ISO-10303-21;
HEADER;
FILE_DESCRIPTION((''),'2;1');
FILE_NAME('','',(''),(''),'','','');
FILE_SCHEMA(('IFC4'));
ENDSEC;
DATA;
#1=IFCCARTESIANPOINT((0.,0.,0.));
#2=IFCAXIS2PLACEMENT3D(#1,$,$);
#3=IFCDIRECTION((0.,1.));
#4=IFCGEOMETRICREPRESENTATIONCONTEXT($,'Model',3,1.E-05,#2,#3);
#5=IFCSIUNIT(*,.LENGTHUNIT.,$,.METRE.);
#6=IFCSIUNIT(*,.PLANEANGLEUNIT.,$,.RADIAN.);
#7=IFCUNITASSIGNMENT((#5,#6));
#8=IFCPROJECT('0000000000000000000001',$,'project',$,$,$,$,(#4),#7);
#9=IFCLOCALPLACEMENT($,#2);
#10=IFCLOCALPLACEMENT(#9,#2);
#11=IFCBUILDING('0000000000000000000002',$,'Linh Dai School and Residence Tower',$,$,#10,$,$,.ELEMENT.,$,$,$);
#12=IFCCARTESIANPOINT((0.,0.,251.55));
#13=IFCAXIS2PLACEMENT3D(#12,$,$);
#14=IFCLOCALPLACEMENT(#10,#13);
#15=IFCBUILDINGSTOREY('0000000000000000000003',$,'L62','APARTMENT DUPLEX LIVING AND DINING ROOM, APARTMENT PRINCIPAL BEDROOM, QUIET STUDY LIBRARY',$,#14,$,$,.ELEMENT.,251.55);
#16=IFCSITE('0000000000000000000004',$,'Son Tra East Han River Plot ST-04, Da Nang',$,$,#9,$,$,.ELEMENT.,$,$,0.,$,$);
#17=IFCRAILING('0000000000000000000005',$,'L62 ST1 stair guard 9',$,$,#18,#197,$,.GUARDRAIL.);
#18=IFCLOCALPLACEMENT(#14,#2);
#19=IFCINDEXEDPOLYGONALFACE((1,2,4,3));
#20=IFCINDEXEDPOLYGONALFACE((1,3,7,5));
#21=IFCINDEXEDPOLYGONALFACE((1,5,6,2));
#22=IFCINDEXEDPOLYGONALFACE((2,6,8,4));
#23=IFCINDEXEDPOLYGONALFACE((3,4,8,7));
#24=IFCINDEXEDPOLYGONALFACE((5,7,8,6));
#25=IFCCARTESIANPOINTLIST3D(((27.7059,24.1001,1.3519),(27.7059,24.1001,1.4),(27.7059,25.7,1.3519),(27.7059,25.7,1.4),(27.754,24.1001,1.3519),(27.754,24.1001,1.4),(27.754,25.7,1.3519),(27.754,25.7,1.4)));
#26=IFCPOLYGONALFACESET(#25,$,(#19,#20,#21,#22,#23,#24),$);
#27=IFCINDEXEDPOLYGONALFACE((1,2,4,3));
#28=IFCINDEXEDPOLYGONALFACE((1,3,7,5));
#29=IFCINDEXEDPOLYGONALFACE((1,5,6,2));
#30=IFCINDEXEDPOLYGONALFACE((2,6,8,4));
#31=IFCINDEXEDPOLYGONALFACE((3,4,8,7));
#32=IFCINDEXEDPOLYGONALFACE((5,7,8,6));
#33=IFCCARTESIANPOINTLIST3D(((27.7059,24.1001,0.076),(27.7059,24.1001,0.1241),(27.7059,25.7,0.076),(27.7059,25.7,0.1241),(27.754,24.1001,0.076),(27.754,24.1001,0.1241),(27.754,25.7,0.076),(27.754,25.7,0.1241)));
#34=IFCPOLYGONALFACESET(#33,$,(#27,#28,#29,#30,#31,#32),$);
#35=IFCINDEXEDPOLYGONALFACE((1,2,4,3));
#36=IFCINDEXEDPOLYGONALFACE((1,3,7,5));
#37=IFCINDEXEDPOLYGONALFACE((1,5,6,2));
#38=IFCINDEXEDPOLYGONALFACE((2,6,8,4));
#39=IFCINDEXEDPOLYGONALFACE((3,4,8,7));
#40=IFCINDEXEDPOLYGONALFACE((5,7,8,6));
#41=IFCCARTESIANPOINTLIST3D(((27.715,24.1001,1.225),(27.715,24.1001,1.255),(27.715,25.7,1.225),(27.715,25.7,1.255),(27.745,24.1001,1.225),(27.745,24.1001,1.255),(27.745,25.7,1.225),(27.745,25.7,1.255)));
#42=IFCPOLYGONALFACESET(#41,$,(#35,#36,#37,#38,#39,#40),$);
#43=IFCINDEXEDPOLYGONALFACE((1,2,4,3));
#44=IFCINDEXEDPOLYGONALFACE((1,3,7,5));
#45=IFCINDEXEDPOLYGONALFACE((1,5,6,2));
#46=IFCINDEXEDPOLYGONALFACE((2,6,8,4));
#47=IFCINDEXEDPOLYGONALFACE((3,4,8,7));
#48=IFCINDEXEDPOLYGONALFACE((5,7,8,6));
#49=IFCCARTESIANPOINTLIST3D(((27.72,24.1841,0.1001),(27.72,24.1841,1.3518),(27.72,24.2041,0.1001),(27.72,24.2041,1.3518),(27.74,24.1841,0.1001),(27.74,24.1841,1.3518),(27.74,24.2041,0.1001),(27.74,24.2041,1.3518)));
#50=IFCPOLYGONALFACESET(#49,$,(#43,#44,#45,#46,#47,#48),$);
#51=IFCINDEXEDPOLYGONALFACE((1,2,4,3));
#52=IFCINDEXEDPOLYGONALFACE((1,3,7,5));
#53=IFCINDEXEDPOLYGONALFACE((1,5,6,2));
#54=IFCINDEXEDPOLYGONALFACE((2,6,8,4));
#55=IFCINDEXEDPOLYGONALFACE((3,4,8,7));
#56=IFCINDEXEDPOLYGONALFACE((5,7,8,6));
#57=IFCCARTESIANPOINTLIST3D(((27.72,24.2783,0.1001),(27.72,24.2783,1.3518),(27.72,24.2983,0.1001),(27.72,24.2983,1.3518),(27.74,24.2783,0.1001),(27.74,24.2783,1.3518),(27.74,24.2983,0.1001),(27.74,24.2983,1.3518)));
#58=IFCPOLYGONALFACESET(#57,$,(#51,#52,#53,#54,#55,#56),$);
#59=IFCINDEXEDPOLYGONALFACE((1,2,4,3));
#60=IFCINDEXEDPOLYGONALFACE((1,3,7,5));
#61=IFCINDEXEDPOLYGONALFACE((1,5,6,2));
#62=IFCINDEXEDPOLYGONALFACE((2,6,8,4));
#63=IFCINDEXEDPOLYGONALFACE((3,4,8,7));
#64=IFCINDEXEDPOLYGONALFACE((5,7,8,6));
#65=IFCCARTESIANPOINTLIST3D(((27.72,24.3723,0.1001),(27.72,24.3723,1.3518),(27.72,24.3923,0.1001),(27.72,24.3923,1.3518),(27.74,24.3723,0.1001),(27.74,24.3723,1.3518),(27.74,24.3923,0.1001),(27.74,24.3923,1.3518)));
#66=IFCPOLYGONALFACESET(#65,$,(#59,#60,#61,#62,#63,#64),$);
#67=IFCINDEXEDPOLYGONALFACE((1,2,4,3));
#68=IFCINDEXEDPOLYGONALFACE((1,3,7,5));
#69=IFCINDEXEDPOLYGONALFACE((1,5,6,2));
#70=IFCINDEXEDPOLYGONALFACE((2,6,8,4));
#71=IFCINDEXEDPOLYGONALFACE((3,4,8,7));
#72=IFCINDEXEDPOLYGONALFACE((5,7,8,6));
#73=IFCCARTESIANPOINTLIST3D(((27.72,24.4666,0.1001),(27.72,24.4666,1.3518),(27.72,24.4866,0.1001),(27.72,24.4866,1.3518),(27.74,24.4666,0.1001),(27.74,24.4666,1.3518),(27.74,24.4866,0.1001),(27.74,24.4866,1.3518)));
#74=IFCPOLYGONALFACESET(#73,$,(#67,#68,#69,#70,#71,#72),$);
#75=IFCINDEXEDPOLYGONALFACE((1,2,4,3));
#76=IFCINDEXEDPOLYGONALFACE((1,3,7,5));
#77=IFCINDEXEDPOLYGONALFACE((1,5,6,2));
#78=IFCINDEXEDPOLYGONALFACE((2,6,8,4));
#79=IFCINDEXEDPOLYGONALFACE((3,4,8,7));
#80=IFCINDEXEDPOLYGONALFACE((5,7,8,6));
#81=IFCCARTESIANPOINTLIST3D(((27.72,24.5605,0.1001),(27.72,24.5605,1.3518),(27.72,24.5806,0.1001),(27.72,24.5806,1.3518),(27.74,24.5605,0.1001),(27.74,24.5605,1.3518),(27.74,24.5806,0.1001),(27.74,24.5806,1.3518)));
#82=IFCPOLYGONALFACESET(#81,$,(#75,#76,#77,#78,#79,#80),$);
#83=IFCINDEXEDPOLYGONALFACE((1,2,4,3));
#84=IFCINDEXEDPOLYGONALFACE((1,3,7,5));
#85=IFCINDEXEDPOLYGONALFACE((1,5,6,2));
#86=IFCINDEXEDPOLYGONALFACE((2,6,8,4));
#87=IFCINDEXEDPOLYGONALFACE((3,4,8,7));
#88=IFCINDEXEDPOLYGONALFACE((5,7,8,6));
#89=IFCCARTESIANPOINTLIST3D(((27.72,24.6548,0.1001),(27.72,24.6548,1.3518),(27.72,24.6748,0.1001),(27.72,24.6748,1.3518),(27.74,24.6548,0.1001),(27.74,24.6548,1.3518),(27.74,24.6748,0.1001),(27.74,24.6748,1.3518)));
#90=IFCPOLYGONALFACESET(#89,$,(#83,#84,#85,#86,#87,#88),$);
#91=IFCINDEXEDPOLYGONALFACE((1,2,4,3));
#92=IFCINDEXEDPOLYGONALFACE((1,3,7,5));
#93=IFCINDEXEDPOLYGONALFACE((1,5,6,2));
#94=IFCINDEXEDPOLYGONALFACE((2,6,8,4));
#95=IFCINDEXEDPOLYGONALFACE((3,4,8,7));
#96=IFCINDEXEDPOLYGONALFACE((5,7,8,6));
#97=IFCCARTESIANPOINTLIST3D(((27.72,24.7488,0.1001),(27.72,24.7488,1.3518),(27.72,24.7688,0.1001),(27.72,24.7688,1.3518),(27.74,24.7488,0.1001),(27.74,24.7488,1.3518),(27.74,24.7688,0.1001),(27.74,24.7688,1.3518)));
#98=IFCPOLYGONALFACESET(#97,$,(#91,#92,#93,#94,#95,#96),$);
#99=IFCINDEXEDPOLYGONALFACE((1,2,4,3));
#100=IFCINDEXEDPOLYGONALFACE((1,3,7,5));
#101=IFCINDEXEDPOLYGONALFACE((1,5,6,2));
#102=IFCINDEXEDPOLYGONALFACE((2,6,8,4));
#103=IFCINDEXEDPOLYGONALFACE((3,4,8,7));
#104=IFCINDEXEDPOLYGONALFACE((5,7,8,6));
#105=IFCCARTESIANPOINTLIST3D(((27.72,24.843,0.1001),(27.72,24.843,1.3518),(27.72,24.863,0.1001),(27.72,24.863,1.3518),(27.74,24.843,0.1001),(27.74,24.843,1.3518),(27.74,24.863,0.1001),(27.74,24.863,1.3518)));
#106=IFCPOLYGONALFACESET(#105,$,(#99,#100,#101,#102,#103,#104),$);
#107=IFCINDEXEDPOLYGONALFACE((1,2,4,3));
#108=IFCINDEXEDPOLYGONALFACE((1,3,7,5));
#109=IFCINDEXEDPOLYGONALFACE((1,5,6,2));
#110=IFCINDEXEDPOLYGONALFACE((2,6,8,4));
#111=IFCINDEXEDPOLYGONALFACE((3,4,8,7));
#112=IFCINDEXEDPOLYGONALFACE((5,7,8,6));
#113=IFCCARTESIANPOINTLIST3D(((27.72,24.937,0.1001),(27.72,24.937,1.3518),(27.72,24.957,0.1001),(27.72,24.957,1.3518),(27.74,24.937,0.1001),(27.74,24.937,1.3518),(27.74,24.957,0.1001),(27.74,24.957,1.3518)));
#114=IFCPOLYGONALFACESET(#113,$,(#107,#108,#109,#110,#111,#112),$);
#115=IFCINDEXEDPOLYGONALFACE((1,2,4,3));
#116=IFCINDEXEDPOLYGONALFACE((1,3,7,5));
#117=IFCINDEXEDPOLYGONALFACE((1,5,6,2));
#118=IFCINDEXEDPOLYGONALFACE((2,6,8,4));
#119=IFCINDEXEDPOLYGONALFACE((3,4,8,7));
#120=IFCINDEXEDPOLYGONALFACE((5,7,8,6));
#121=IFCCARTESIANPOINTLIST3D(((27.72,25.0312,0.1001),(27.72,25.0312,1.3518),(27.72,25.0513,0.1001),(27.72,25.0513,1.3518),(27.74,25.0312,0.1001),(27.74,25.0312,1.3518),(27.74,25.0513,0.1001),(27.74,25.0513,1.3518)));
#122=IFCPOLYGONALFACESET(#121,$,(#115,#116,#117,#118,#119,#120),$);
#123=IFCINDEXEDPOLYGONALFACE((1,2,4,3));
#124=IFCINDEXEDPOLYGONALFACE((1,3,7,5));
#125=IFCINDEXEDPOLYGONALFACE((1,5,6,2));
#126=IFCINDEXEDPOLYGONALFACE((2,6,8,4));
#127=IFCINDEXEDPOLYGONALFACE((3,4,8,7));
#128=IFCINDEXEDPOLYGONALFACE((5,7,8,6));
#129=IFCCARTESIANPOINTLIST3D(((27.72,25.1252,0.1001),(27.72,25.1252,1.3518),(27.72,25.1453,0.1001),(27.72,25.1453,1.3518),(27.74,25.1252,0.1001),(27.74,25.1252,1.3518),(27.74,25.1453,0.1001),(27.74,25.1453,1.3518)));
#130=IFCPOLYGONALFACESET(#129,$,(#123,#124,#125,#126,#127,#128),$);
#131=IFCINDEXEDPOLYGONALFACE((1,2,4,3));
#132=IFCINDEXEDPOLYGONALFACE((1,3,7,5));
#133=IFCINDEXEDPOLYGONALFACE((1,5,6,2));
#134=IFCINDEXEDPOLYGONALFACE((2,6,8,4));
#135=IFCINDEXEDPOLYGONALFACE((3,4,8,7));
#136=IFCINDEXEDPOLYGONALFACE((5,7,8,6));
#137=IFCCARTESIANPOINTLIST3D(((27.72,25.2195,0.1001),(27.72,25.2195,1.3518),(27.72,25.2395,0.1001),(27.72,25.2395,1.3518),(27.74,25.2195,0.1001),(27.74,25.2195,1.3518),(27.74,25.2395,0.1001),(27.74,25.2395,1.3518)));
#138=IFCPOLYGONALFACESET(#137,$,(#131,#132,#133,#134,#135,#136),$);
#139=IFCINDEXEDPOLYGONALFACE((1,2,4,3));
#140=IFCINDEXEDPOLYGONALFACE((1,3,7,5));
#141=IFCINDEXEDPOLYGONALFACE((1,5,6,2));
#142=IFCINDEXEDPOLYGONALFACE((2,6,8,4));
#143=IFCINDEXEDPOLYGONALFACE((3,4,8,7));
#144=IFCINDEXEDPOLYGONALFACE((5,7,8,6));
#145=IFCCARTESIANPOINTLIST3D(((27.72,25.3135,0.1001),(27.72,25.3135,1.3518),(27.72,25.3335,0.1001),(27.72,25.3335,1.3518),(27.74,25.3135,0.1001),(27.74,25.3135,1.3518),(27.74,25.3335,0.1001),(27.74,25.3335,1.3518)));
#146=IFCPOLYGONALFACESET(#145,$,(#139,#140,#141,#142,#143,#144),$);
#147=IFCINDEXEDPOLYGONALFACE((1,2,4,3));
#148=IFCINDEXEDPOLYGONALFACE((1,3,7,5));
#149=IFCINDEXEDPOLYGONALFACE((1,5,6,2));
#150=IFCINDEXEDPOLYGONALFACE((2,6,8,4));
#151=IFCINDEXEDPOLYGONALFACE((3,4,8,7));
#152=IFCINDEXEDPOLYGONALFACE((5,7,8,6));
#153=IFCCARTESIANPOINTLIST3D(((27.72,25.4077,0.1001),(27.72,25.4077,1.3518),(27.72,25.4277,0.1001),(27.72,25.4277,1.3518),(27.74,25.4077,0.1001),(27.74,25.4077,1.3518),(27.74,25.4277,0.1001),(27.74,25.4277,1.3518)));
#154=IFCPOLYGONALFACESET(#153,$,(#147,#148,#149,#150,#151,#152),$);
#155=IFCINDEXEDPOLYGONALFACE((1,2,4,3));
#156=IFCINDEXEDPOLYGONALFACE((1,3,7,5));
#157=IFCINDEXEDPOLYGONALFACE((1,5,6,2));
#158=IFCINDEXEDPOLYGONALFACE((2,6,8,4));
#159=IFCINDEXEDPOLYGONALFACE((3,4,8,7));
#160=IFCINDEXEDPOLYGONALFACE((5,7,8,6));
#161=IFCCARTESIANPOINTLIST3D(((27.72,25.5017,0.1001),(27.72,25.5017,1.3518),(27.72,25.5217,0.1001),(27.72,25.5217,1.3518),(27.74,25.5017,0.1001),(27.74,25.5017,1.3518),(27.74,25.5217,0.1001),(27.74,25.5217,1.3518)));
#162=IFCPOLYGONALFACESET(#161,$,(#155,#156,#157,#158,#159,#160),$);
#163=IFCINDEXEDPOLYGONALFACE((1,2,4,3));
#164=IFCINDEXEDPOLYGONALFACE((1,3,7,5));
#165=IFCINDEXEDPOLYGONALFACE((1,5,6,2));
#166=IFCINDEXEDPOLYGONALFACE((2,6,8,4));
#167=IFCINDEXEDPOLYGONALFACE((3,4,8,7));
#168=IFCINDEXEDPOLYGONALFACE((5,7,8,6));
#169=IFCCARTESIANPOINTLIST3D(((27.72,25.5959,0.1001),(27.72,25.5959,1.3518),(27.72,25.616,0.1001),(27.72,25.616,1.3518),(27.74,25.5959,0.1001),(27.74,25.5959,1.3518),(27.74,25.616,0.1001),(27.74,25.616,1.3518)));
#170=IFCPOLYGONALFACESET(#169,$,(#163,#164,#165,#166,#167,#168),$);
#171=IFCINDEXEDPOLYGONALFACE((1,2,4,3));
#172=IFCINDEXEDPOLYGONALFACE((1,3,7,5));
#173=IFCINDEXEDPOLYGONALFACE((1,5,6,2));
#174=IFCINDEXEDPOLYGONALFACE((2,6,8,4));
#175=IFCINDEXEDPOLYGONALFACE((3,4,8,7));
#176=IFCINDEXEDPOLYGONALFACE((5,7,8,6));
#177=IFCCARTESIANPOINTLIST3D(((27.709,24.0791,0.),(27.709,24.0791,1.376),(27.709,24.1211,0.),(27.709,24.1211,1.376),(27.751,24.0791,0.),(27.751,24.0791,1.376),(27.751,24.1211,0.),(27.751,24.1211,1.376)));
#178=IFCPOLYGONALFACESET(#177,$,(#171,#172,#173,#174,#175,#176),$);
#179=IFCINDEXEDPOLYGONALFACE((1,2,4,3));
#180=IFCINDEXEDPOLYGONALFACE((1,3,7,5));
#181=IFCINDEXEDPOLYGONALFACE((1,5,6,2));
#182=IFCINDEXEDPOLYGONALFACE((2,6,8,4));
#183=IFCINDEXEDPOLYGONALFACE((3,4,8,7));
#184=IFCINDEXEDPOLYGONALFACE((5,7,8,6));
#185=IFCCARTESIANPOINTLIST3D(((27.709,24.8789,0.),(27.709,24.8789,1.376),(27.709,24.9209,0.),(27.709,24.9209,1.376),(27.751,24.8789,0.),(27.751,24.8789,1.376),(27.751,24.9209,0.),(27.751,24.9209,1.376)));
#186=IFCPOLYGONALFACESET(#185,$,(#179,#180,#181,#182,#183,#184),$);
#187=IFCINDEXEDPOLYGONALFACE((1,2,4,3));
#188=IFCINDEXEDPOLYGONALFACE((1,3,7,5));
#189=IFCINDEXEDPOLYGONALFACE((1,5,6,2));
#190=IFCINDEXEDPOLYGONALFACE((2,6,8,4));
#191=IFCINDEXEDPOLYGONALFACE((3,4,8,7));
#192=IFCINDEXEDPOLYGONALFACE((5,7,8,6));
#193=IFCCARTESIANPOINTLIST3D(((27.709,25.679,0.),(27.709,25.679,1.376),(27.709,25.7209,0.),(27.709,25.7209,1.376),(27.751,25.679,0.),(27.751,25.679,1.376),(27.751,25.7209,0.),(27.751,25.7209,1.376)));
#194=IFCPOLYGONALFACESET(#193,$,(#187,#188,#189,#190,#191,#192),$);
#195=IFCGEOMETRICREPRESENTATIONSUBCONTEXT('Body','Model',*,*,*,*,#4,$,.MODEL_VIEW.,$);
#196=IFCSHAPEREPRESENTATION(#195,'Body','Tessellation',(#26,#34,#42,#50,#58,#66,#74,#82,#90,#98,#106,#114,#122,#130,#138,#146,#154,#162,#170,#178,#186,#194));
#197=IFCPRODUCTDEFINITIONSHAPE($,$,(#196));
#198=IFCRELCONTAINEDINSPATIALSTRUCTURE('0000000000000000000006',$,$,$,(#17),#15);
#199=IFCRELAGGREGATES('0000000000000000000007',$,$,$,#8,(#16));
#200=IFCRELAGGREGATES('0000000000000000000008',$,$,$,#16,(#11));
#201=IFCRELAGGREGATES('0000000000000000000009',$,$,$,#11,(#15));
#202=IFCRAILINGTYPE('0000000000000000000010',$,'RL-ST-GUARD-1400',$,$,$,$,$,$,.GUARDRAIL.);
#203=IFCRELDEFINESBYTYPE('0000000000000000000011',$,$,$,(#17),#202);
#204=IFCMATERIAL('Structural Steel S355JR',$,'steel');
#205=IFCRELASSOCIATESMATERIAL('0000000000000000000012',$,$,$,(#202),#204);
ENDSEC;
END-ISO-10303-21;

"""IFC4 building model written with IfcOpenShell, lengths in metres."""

from ifc_helpers import new_model, si_unit, direction, frame, origin, origin_2d, place, context, subcontext, project, spatial, rectangle, extrude, source, transform, mapped, material, type_object, element, save


model = new_model("IFC4")

# Units and contexts
model_context = context("Model", 3, precision=1e-05, world=origin(), true_north=direction((0.0, 1.0)))
body_context = subcontext(model_context, "Body", "Model", "MODEL_VIEW")
ifc_project = project(units=[si_unit("LENGTHUNIT", "METRE"), si_unit("PLANEANGLEUNIT", "RADIAN")], contexts=[model_context])

# Site, building, storey
site_placement = place(None, origin())
site = spatial("IfcSite", under=ifc_project, at=site_placement, Name="Son Tra East Han River Plot ST-04, Da Nang", CompositionType="ELEMENT", RefElevation=0.0)
building_placement = place(site_placement, origin())
building = spatial("IfcBuilding", under=site, at=building_placement, Name="Linh Dai School and Residence Tower", CompositionType="ELEMENT")
storey_placement = place(building_placement, frame((0.0, 0.0, 251.55)))
storey = spatial("IfcBuildingStorey", under=building, at=storey_placement, Name="L62", Description="APARTMENT DUPLEX LIVING AND DINING ROOM, APARTMENT PRINCIPAL BEDROOM, QUIET STUDY LIBRARY", CompositionType="ELEMENT", Elevation=251.55)

# Shared definitions
ifc_material_1 = material(Name="Structural Steel S355JR", Category="steel")

# Railing
railing_type = type_object("IfcRailingType", Name="RL-ST-GUARD-1400", PredefinedType="GUARDRAIL", material=ifc_material_1)
shared_shape_1 = source(origin(), body_context, "Body", "SweptSolid", [
    extrude(rectangle(XDim=0.0481, YDim=0.0481, at=origin_2d()), frame((0.0, 0.0, 1.376), z_axis=(0.0, 1.0, 0.0), x_axis=(-1.0, 0.0, 0.0)), (0.0, 0.0, 1.0), 1.5999),
    extrude(rectangle(XDim=0.0481, YDim=0.0481, at=origin_2d()), frame((0.0, 0.0, 0.1001), z_axis=(0.0, 1.0, 0.0), x_axis=(-1.0, 0.0, 0.0)), (0.0, 0.0, 1.0), 1.5999),
    extrude(rectangle(XDim=0.03, YDim=0.03, at=origin_2d()), frame((0.0, 0.0, 1.24), z_axis=(0.0, 1.0, 0.0), x_axis=(-1.0, 0.0, 0.0)), (0.0, 0.0, 1.0), 1.5999),
    extrude(rectangle(XDim=0.02, YDim=0.02, at=origin_2d()), frame((0.0, 0.094, 0.1001)), (0.0, 0.0, 1.0), 1.2517),
    extrude(rectangle(XDim=0.02, YDim=0.02, at=origin_2d()), frame((0.0, 0.1882, 0.1001)), (0.0, 0.0, 1.0), 1.2517),
    extrude(rectangle(XDim=0.02, YDim=0.02, at=origin_2d()), frame((0.0, 0.2822, 0.1001)), (0.0, 0.0, 1.0), 1.2517),
    extrude(rectangle(XDim=0.02, YDim=0.02, at=origin_2d()), frame((0.0, 0.3765, 0.1001)), (0.0, 0.0, 1.0), 1.2517),
    extrude(rectangle(XDim=0.02, YDim=0.02, at=origin_2d()), frame((0.0, 0.4705, 0.1001)), (0.0, 0.0, 1.0), 1.2517),
    extrude(rectangle(XDim=0.02, YDim=0.02, at=origin_2d()), frame((0.0, 0.5647, 0.1001)), (0.0, 0.0, 1.0), 1.2517),
    extrude(rectangle(XDim=0.02, YDim=0.02, at=origin_2d()), frame((0.0, 0.6587, 0.1001)), (0.0, 0.0, 1.0), 1.2517),
    extrude(rectangle(XDim=0.02, YDim=0.02, at=origin_2d()), frame((0.0, 0.7529, 0.1001)), (0.0, 0.0, 1.0), 1.2517),
    extrude(rectangle(XDim=0.02, YDim=0.02, at=origin_2d()), frame((0.0, 0.8469, 0.1001)), (0.0, 0.0, 1.0), 1.2517),
    extrude(rectangle(XDim=0.02, YDim=0.02, at=origin_2d()), frame((0.0, 0.9412, 0.1001)), (0.0, 0.0, 1.0), 1.2517),
    extrude(rectangle(XDim=0.02, YDim=0.02, at=origin_2d()), frame((0.0, 1.0352, 0.1001)), (0.0, 0.0, 1.0), 1.2517),
    extrude(rectangle(XDim=0.02, YDim=0.02, at=origin_2d()), frame((0.0, 1.1294, 0.1001)), (0.0, 0.0, 1.0), 1.2517),
    extrude(rectangle(XDim=0.02, YDim=0.02, at=origin_2d()), frame((0.0, 1.2234, 0.1001)), (0.0, 0.0, 1.0), 1.2517),
    extrude(rectangle(XDim=0.02, YDim=0.02, at=origin_2d()), frame((0.0, 1.3176, 0.1001)), (0.0, 0.0, 1.0), 1.2517),
    extrude(rectangle(XDim=0.02, YDim=0.02, at=origin_2d()), frame((0.0, 1.4116, 0.1001)), (0.0, 0.0, 1.0), 1.2517),
    extrude(rectangle(XDim=0.02, YDim=0.02, at=origin_2d()), frame((0.0, 1.5059, 0.1001)), (0.0, 0.0, 1.0), 1.2517),
    extrude(rectangle(XDim=0.042, YDim=0.042, at=origin_2d()), origin(), (0.0, 0.0, 1.0), 1.376),
    extrude(rectangle(XDim=0.042, YDim=0.042, at=origin_2d()), frame((0.0, 0.7998, 0.0)), (0.0, 0.0, 1.0), 1.376),
    extrude(rectangle(XDim=0.042, YDim=0.042, at=origin_2d()), frame((0.0, 1.5999, 0.0)), (0.0, 0.0, 1.0), 1.376),
])
for number, where, name in (
    (1, (27.73, 24.1001, 0.0), "L62 ST1 stair guard 9"),
):
    element("IfcRailing", number, at=place(storey_placement, frame(where)), inside=storey, type_object=railing_type, Name=name, PredefinedType="GUARDRAIL", context=body_context, shape_type="MappedRepresentation", body=[
        mapped(shared_shape_1, transform((0.0, 0.0, 0.0), x_axis=(1.0, 0.0, 0.0), y_axis=(0.0, 1.0, 0.0), z_axis=(0.0, 0.0, 1.0), scale=1.0)),
    ])

save(model, "model.ifc")
